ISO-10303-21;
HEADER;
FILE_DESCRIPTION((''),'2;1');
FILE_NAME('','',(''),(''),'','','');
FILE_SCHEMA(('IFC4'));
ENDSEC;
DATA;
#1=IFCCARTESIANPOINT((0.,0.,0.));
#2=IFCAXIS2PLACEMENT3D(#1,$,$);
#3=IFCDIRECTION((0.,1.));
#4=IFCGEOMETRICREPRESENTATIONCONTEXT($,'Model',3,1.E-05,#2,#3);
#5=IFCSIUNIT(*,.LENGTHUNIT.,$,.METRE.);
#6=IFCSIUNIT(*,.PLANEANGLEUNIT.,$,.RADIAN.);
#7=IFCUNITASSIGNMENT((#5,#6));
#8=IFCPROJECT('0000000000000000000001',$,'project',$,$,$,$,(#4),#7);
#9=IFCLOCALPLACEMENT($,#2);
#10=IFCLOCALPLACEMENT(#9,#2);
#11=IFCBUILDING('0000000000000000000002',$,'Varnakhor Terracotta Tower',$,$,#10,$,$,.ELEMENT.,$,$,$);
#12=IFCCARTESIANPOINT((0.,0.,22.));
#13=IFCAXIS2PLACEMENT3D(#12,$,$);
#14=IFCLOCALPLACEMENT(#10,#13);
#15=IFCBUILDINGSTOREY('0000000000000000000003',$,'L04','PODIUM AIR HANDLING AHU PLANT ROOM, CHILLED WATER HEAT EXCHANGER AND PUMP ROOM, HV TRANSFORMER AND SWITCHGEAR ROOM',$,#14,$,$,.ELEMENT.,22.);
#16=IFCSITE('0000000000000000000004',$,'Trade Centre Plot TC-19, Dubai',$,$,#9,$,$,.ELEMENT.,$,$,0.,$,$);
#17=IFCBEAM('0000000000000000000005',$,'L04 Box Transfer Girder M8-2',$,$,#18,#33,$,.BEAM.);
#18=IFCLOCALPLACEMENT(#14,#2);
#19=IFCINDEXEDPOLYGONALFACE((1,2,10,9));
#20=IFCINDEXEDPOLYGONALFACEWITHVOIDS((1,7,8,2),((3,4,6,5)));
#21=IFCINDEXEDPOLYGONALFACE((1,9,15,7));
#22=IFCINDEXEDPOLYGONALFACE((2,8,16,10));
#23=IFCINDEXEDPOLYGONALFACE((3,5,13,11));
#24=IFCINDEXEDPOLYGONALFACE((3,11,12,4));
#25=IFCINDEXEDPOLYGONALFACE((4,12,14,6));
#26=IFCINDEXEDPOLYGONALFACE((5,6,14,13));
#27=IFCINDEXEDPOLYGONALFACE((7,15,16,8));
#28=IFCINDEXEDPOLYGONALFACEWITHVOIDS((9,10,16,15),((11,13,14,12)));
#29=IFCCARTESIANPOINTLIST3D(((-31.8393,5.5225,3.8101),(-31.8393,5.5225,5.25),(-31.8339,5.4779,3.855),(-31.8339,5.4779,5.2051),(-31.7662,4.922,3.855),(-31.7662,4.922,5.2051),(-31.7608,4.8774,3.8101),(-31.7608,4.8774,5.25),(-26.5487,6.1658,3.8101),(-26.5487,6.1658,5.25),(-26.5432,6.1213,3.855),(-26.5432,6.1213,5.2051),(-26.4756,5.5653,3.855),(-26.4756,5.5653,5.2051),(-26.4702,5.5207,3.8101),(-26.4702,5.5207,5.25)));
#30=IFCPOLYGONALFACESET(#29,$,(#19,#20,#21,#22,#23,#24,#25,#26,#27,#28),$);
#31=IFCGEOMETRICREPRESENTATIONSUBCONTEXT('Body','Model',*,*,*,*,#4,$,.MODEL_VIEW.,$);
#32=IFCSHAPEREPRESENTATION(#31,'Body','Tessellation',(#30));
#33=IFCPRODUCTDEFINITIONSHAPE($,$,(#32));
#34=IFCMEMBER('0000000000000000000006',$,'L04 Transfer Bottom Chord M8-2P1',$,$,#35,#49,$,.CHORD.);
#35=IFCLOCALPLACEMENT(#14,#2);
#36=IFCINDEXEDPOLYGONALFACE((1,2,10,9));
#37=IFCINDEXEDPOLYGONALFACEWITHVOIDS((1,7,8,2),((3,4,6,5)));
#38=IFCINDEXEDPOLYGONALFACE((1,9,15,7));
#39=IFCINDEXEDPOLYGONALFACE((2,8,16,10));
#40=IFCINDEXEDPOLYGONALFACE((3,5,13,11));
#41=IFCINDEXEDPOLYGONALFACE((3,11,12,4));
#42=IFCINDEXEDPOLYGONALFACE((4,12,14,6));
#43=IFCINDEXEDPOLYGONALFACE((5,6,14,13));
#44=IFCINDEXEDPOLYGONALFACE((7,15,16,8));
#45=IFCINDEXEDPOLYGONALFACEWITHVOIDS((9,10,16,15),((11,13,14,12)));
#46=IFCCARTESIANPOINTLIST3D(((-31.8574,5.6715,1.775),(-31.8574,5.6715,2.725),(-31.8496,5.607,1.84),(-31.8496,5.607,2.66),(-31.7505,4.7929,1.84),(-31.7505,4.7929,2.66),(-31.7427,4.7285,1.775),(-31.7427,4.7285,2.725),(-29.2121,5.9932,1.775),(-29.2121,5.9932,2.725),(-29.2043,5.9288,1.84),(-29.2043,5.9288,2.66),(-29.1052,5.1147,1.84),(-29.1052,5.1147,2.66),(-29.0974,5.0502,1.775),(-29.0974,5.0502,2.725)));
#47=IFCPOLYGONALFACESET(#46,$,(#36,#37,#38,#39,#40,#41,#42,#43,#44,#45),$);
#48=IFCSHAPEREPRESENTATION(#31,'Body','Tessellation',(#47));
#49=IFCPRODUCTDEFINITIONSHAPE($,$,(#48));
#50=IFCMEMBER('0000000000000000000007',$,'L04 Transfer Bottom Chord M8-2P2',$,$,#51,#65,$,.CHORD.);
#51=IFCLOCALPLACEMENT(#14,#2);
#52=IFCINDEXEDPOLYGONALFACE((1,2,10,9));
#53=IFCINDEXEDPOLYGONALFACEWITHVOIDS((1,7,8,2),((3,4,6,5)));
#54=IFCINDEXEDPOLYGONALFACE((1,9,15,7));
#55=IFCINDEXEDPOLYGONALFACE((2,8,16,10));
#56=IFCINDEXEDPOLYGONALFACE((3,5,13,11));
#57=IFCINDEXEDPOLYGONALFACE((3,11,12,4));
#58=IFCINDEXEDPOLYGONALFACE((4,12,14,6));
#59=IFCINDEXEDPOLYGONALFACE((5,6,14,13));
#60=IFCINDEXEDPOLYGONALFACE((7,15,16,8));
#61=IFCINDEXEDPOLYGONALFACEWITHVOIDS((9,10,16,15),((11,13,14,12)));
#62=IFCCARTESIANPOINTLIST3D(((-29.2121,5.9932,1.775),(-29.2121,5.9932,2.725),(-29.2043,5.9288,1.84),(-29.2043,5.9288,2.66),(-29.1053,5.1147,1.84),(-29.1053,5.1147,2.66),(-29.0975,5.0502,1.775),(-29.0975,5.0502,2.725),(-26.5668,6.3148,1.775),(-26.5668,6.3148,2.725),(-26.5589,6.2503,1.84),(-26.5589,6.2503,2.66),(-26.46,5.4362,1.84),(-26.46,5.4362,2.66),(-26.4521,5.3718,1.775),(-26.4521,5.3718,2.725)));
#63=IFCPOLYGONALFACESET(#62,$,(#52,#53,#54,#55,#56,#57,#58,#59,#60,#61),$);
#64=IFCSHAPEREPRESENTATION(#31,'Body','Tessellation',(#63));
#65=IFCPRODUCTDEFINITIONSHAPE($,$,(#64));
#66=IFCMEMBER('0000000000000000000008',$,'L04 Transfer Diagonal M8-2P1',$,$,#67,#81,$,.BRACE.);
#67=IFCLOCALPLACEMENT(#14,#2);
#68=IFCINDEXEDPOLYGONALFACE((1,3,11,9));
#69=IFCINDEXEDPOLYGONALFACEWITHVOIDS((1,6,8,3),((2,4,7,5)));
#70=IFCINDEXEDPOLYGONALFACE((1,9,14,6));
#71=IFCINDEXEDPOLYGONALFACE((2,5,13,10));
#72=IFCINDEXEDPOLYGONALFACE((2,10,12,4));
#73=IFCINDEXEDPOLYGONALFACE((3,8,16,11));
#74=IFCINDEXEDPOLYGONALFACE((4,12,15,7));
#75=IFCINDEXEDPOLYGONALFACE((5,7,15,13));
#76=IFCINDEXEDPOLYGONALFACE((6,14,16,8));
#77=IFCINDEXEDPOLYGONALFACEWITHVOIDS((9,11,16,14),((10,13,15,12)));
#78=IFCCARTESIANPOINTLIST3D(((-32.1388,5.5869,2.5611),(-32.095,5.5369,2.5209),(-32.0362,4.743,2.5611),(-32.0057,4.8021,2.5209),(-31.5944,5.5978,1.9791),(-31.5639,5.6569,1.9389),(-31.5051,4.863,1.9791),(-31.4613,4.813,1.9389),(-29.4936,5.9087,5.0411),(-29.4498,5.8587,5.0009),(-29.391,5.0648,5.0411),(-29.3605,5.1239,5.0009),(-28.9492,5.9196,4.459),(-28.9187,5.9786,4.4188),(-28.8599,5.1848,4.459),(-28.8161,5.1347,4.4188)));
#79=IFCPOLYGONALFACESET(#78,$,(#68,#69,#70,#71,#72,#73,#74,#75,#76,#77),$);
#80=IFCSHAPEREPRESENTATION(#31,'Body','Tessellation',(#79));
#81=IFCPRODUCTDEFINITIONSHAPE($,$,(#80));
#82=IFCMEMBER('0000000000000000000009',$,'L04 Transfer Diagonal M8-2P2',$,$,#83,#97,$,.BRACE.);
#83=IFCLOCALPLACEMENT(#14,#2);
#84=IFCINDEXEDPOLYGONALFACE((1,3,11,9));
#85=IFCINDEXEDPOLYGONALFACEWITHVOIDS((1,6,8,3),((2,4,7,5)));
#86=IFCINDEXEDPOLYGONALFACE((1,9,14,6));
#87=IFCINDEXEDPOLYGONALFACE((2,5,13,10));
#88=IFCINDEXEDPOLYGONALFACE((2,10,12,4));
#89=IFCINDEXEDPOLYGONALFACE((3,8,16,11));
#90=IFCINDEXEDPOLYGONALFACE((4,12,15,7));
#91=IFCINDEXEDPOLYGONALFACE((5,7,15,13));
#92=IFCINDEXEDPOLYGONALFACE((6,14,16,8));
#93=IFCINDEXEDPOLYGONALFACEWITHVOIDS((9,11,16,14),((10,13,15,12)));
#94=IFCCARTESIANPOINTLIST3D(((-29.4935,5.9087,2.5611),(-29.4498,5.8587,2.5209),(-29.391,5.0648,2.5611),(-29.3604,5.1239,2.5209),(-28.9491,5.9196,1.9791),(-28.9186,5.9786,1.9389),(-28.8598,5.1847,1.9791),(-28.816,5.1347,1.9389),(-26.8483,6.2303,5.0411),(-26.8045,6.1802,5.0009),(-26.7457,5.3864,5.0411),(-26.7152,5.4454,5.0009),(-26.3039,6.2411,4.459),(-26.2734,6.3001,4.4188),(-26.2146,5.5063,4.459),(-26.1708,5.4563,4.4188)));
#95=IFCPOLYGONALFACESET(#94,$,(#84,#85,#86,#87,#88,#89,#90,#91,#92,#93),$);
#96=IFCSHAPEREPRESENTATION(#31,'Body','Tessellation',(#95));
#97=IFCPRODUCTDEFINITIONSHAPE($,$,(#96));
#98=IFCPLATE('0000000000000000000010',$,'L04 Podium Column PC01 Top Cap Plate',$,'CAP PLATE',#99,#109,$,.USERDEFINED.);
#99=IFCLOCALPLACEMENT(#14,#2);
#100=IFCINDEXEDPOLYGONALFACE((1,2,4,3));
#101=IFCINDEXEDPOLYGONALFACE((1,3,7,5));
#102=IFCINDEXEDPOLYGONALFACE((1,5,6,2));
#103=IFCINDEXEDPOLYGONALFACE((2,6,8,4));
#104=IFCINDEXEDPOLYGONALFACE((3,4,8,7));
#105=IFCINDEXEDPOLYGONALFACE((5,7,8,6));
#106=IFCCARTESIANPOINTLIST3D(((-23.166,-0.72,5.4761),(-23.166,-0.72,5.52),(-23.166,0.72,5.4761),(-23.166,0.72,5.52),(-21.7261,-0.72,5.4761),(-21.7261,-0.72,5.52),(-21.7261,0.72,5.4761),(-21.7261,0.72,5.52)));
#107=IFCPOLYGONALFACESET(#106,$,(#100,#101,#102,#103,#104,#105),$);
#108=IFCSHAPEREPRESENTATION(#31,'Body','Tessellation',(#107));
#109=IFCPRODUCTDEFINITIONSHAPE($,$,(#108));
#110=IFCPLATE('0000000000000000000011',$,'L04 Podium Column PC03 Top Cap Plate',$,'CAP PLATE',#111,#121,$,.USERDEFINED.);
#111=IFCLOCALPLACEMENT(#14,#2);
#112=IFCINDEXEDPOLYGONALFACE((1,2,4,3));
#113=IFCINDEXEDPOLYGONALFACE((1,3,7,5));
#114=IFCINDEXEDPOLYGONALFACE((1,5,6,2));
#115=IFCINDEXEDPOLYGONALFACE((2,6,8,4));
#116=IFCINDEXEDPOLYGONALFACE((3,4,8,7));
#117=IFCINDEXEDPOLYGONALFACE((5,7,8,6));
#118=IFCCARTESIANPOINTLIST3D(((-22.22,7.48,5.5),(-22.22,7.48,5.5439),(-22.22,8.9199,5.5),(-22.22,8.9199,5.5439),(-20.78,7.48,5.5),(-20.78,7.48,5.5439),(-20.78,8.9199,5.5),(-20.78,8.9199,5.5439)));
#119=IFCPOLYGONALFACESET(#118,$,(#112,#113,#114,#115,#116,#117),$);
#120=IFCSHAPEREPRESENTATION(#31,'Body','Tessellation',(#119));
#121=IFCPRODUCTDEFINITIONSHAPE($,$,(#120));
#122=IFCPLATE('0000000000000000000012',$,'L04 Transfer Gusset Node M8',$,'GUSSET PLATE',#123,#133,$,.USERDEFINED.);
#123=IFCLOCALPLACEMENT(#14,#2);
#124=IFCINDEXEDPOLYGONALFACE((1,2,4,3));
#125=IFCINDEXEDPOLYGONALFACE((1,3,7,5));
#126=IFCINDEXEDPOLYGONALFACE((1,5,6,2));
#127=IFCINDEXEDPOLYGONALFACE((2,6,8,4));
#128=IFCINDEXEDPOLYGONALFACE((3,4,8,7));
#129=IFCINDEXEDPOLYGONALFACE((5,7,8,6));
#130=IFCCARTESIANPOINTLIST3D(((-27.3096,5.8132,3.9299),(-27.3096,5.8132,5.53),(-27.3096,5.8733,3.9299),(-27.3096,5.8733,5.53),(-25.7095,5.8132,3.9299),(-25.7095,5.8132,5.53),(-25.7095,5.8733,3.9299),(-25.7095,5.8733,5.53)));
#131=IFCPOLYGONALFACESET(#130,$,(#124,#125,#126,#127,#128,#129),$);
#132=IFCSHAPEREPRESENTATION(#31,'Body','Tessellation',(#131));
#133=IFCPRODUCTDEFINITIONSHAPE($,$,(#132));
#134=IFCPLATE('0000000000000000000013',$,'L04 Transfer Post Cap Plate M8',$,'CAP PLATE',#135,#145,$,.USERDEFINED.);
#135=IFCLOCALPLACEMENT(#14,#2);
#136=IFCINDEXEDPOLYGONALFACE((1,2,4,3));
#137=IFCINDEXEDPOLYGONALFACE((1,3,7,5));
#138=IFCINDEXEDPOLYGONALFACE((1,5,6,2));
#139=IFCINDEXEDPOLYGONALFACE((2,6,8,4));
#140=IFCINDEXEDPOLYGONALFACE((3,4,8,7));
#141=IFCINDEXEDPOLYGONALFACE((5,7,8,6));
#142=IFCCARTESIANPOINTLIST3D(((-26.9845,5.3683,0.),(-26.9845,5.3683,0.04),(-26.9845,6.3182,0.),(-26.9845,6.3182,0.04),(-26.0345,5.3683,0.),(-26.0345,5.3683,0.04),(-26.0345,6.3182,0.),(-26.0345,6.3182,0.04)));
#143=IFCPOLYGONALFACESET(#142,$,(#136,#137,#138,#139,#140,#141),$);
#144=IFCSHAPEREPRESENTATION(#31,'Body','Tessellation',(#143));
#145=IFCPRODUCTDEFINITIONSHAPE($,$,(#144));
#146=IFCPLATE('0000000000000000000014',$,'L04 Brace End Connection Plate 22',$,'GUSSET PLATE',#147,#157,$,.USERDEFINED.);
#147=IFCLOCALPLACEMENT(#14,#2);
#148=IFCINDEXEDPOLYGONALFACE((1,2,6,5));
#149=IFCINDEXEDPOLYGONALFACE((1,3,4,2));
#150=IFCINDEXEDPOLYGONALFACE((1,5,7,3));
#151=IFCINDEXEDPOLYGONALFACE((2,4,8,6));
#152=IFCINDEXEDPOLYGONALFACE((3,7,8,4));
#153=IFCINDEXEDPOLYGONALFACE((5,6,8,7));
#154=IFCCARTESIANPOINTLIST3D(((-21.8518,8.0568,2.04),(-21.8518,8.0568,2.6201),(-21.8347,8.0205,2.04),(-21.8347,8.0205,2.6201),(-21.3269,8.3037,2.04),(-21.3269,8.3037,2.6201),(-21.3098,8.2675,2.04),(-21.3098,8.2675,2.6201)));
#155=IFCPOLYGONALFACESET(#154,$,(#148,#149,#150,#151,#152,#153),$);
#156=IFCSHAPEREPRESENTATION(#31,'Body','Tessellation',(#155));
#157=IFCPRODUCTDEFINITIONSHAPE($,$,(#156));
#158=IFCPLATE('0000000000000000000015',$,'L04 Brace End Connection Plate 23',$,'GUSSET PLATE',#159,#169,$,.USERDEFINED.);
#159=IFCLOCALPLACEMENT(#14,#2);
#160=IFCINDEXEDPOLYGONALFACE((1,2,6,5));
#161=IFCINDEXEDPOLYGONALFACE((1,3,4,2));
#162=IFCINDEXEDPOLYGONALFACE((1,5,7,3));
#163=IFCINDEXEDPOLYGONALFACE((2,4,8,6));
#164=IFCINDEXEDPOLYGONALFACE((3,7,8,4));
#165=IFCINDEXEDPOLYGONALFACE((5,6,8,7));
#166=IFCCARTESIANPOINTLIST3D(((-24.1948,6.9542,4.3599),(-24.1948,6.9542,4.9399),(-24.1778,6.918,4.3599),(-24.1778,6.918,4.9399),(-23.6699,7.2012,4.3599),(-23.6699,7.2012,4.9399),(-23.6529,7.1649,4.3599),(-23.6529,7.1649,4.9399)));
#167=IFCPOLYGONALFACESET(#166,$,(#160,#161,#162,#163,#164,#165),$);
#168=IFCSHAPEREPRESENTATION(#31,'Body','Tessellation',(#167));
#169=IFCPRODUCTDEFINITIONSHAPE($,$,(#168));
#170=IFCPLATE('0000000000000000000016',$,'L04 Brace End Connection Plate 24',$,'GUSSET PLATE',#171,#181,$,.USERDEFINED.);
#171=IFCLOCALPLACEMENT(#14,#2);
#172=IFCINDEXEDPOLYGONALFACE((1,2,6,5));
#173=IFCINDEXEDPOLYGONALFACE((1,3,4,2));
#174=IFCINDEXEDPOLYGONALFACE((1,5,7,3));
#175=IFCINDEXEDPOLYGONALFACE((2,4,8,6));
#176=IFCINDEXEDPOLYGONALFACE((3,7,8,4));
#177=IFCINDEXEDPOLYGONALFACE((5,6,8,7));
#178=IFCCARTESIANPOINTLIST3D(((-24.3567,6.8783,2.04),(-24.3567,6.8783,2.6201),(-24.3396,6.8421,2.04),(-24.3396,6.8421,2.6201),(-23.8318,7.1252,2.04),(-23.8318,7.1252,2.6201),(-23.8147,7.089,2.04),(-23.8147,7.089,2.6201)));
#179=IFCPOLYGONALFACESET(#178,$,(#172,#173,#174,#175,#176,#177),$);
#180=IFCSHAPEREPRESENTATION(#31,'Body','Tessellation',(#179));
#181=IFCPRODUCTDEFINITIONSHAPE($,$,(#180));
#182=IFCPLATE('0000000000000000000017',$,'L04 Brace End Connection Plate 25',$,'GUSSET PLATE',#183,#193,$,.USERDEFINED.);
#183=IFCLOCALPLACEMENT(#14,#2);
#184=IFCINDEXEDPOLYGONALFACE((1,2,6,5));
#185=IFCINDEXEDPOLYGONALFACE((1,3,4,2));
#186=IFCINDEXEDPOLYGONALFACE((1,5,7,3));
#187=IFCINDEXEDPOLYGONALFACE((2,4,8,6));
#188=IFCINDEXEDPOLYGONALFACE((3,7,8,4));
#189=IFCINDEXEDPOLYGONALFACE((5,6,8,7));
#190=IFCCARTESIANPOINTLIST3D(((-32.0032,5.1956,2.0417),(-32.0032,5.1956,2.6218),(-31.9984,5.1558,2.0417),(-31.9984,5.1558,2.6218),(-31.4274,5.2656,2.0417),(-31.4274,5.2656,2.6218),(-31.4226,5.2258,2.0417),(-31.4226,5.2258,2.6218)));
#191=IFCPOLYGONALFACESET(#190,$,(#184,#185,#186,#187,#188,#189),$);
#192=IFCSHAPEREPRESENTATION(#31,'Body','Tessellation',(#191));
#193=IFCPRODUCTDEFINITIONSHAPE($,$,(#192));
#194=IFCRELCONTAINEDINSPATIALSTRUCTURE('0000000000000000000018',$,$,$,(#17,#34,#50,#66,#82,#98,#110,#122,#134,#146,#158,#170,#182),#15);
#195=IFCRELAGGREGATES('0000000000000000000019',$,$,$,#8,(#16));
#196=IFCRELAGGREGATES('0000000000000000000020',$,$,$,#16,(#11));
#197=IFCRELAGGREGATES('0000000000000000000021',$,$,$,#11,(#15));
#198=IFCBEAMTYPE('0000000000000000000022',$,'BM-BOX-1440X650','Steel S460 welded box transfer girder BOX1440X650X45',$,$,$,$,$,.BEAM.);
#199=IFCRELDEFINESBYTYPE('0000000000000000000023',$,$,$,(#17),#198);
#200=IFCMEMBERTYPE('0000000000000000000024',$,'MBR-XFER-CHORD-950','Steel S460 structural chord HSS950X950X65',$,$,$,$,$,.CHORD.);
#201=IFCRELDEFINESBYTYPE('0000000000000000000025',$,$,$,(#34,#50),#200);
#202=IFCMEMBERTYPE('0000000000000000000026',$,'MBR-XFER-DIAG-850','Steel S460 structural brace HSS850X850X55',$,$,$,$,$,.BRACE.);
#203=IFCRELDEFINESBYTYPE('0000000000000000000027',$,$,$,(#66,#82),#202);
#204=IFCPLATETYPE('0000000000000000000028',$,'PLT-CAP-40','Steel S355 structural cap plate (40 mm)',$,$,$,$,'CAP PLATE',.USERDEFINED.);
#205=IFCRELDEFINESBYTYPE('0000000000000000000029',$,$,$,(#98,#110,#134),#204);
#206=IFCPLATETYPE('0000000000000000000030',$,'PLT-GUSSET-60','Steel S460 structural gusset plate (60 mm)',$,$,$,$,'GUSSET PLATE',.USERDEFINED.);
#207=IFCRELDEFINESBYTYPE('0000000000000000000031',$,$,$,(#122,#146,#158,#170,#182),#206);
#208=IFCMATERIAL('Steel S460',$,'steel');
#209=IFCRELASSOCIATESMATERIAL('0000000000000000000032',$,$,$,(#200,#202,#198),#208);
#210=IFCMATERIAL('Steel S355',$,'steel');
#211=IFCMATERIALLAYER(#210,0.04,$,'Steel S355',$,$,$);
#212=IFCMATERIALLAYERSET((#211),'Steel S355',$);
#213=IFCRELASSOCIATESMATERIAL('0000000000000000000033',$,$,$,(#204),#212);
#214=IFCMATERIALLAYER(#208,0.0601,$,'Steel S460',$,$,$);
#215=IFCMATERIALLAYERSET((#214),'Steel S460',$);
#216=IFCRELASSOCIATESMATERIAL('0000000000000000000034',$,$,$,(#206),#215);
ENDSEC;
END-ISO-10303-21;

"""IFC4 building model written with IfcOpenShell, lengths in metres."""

from ifc_helpers import new_model, si_unit, direction, frame, origin, origin_2d, place, context, subcontext, project, spatial, rectangle, hollow_rectangle, extrude, source, transform, mapped, material, layer, layer_set, material_profile, profile_set, type_object, type_shapes, element, save


model = new_model("IFC4")

# Units and contexts
model_context = context("Model", 3, precision=1e-05, world=origin(), true_north=direction((0.0, 1.0)))
body_context = subcontext(model_context, "Body", "Model", "MODEL_VIEW")
ifc_project = project(units=[si_unit("LENGTHUNIT", "METRE"), si_unit("PLANEANGLEUNIT", "RADIAN")], contexts=[model_context])

# Site, building, storey
site_placement = place(None, origin())
site = spatial("IfcSite", under=ifc_project, at=site_placement, Name="Trade Centre Plot TC-19, Dubai", CompositionType="ELEMENT", RefElevation=0.0)
building_placement = place(site_placement, origin())
building = spatial("IfcBuilding", under=site, at=building_placement, Name="Varnakhor Terracotta Tower", CompositionType="ELEMENT")
storey_placement = place(building_placement, frame((0.0, 0.0, 22.0)))
storey = spatial("IfcBuildingStorey", under=building, at=storey_placement, Name="L04", Description="PODIUM AIR HANDLING AHU PLANT ROOM, CHILLED WATER HEAT EXCHANGER AND PUMP ROOM, HV TRANSFORMER AND SWITCHGEAR ROOM", CompositionType="ELEMENT", Elevation=22.0)

# Shared definitions
ifc_material_1 = material(Name="Steel S460", Category="steel")

# Shared definitions
ifc_material_2 = material(Name="Steel S355", Category="steel")

# Shared definitions
ifc_material_profile_1 = material_profile(ifc_material_1, hollow_rectangle(XDim=0.95, YDim=0.95, WallThickness=0.0649, at=origin_2d()), Name="HSS950X950X65")
ifc_profile_set_1 = profile_set([ifc_material_profile_1], Name="Steel S460")
member_type_1 = type_object("IfcMemberType", Name="MBR-XFER-CHORD-950", Description="Steel S460 structural chord HSS950X950X65", PredefinedType="CHORD", material=ifc_profile_set_1)
ifc_material_profile_2 = material_profile(ifc_material_1, hollow_rectangle(XDim=0.8501, YDim=0.8501, WallThickness=0.0549, at=origin_2d()), Name="HSS850X850X55")
ifc_profile_set_2 = profile_set([ifc_material_profile_2], Name="Steel S460")
member_type_2 = type_object("IfcMemberType", Name="MBR-XFER-DIAG-850", Description="Steel S460 structural brace HSS850X850X55", PredefinedType="BRACE", material=ifc_profile_set_2)

# Beam
ifc_material_profile_3 = material_profile(ifc_material_1, hollow_rectangle(XDim=0.6499, YDim=1.4399, WallThickness=0.0449, at=origin_2d()), Name="BOX1440X650X45")
ifc_profile_set_3 = profile_set([ifc_material_profile_3], Name="Steel S460")
beam_type_1 = type_object("IfcBeamType", Name="BM-BOX-1440X650", Description="Steel S460 welded box transfer girder BOX1440X650X45", PredefinedType="BEAM", material=ifc_profile_set_3)
shared_shape_1 = source(origin(), body_context, "Body", "SweptSolid", [
    extrude(hollow_rectangle(XDim=0.6499, YDim=1.4399, WallThickness=0.0449, at=origin_2d()), origin(), (0.0, 0.0, 1.0), 5.3296),
])
beam_1_placement = place(storey_placement, frame((-31.8, 5.2, 4.53), z_axis=(0.992688, 0.120708, 0.0), x_axis=(-0.120708, 0.992688, 0.0)))
element("IfcBeam", 1, at=beam_1_placement, inside=storey, type_object=beam_type_1, Name="L04 Box Transfer Girder M8-2", PredefinedType="BEAM", context=body_context, shape_type="MappedRepresentation", body=[
    mapped(shared_shape_1, transform((0.0, 0.0, 0.0), scale=1.0)),
])

# Members
shared_shape_2 = source(origin(), body_context, "Body", "SweptSolid", [
    extrude(hollow_rectangle(XDim=0.95, YDim=0.95, WallThickness=0.0649, at=origin_2d()), origin(), (0.0, 0.0, 1.0), 2.6648),
])
for number, where, z_axis, x_axis, name in (
    (2, (-31.8, 5.2, 2.25), (0.992683, 0.120753, 0.0), (-0.120753, 0.992683, 0.0), "L04 Transfer Bottom Chord M8-2P1"),
    (3, (-29.1548, 5.5217, 2.25), (0.992694, 0.120662, 0.0), (-0.120662, 0.992694, 0.0), "L04 Transfer Bottom Chord M8-2P2"),
):
    element("IfcMember", number, at=place(storey_placement, frame(where, z_axis=z_axis, x_axis=x_axis)), inside=storey, type_object=member_type_1, Name=name, PredefinedType="CHORD", context=body_context, shape_type="MappedRepresentation", body=[
        mapped(shared_shape_2, transform((0.0, 0.0, 0.0), scale=1.0)),
    ])
shared_shape_3 = source(origin(), body_context, "Body", "SweptSolid", [
    extrude(hollow_rectangle(XDim=0.8501, YDim=0.8501, WallThickness=0.0549, at=origin_2d()), origin(), (0.0, 0.0, 1.0), 3.6401),
])
for number, where, z_axis, x_axis, name in (
    (4, (-31.8, 5.2, 2.25), (0.726675, 0.088395, 0.681271), (-0.120753, 0.992683, 0.0), "L04 Transfer Diagonal M8-2P1"),
    (5, (-29.1548, 5.5217, 2.25), (0.726679, 0.088328, 0.681275), (-0.120662, 0.992694, 0.0), "L04 Transfer Diagonal M8-2P2"),
):
    element("IfcMember", number, at=place(storey_placement, frame(where, z_axis=z_axis, x_axis=x_axis)), inside=storey, type_object=member_type_2, Name=name, PredefinedType="BRACE", context=body_context, shape_type="MappedRepresentation", body=[
        mapped(shared_shape_3, transform((0.0, 0.0, 0.0), scale=1.0)),
    ])

# Plates
ifc_layer_1 = layer(ifc_material_2, 0.04, Name="Steel S355")
ifc_layer_set_1 = layer_set([ifc_layer_1], Name="Steel S355")
plate_type_1 = type_object("IfcPlateType", Name="PLT-CAP-40", Description="Steel S355 structural cap plate (40 mm)", ElementType="CAP PLATE", PredefinedType="USERDEFINED", material=ifc_layer_set_1)
shared_shape_4 = source(origin(), body_context, "Body", "SweptSolid", [
    extrude(rectangle(XDim=1.4399, YDim=1.4399, at=origin_2d()), origin(), (0.0, 0.0, 1.0), 0.0439),
])
type_shapes(plate_type_1, [shared_shape_4])
for number, where, z_axis, x_axis, name in (
    (6, (-22.446, 0.0, 5.4761), (0.0, 0.0, 1.0), (1.0, 0.0, 0.0), "L04 Podium Column PC01 Top Cap Plate"),
    (7, (-21.5, 8.2, 5.5), (0.0, 0.0, 1.0), (1.0, 0.0, 0.0), "L04 Podium Column PC03 Top Cap Plate"),
):
    element("IfcPlate", number, at=place(storey_placement, frame(where, z_axis=z_axis, x_axis=x_axis)), inside=storey, type_object=plate_type_1, Name=name, ObjectType="CAP PLATE", PredefinedType="USERDEFINED", context=body_context, shape_type="MappedRepresentation", body=[
        mapped(shared_shape_4, transform((0.0, 0.0, 0.0), scale=1.0)),
    ])
ifc_layer_2 = layer(ifc_material_1, 0.0601, Name="Steel S460")
ifc_layer_set_2 = layer_set([ifc_layer_2], Name="Steel S460")
plate_type_2 = type_object("IfcPlateType", Name="PLT-GUSSET-60", Description="Steel S460 structural gusset plate (60 mm)", ElementType="GUSSET PLATE", PredefinedType="USERDEFINED", material=ifc_layer_set_2)
shared_shape_5 = source(origin(), body_context, "Body", "SweptSolid", [
    extrude(rectangle(XDim=1.6001, YDim=0.0601, at=origin_2d()), origin(), (0.0, 0.0, 1.0), 1.6001),
])
type_shapes(plate_type_2, [shared_shape_5])
plate_1_placement = place(storey_placement, frame((-26.5095, 5.8433, 3.9299), z_axis=(0.0, 0.0, 1.0), x_axis=(1.0, 0.0, 0.0)))
element("IfcPlate", 8, at=plate_1_placement, inside=storey, type_object=plate_type_2, Name="L04 Transfer Gusset Node M8", ObjectType="GUSSET PLATE", PredefinedType="USERDEFINED", context=body_context, shape_type="MappedRepresentation", body=[
    mapped(shared_shape_5, transform((0.0, 0.0, 0.0), scale=1.0)),
])
shared_shape_6 = source(origin(), body_context, "Body", "SweptSolid", [
    extrude(rectangle(XDim=0.95, YDim=0.95, at=origin_2d()), origin(), (0.0, 0.0, 1.0), 0.04),
])
plate_2_placement = place(storey_placement, frame((-26.5095, 5.8433, 0.0), z_axis=(0.0, 0.0, 1.0), x_axis=(1.0, 0.0, 0.0)))
element("IfcPlate", 9, at=plate_2_placement, inside=storey, type_object=plate_type_1, Name="L04 Transfer Post Cap Plate M8", ObjectType="CAP PLATE", PredefinedType="USERDEFINED", context=body_context, shape_type="MappedRepresentation", body=[
    mapped(shared_shape_6, transform((0.0, 0.0, 0.0), scale=1.0)),
])
shared_shape_7 = source(origin(), body_context, "Body", "SweptSolid", [
    extrude(rectangle(XDim=0.5801, YDim=0.04, at=origin_2d()), origin(), (0.0, 0.0, 1.0), 0.5801),
])
for number, where, z_axis, x_axis, name in (
    (10, (-21.5808, 8.1621, 2.04), (0.0, 0.0, 1.0), (-0.904864, -0.4257, 0.0), "L04 Brace End Connection Plate 22"),
    (11, (-23.9238, 7.0596, 4.3599), (0.0, 0.0, 1.0), (-0.904864, -0.4257, 0.0), "L04 Brace End Connection Plate 23"),
    (12, (-24.0857, 6.9836, 2.04), (0.0, 0.0, 1.0), (-0.904872, -0.425685, 0.0), "L04 Brace End Connection Plate 24"),
    (13, (-31.7129, 5.2107, 2.0417), (0.0, 0.0, 1.0), (0.992686, 0.120726, 0.0), "L04 Brace End Connection Plate 25"),
):
    element("IfcPlate", number, at=place(storey_placement, frame(where, z_axis=z_axis, x_axis=x_axis)), inside=storey, type_object=plate_type_2, Name=name, ObjectType="GUSSET PLATE", PredefinedType="USERDEFINED", context=body_context, shape_type="MappedRepresentation", body=[
        mapped(shared_shape_7, transform((0.0, 0.0, 0.0), scale=1.0)),
    ])

save(model, "model.ifc")
